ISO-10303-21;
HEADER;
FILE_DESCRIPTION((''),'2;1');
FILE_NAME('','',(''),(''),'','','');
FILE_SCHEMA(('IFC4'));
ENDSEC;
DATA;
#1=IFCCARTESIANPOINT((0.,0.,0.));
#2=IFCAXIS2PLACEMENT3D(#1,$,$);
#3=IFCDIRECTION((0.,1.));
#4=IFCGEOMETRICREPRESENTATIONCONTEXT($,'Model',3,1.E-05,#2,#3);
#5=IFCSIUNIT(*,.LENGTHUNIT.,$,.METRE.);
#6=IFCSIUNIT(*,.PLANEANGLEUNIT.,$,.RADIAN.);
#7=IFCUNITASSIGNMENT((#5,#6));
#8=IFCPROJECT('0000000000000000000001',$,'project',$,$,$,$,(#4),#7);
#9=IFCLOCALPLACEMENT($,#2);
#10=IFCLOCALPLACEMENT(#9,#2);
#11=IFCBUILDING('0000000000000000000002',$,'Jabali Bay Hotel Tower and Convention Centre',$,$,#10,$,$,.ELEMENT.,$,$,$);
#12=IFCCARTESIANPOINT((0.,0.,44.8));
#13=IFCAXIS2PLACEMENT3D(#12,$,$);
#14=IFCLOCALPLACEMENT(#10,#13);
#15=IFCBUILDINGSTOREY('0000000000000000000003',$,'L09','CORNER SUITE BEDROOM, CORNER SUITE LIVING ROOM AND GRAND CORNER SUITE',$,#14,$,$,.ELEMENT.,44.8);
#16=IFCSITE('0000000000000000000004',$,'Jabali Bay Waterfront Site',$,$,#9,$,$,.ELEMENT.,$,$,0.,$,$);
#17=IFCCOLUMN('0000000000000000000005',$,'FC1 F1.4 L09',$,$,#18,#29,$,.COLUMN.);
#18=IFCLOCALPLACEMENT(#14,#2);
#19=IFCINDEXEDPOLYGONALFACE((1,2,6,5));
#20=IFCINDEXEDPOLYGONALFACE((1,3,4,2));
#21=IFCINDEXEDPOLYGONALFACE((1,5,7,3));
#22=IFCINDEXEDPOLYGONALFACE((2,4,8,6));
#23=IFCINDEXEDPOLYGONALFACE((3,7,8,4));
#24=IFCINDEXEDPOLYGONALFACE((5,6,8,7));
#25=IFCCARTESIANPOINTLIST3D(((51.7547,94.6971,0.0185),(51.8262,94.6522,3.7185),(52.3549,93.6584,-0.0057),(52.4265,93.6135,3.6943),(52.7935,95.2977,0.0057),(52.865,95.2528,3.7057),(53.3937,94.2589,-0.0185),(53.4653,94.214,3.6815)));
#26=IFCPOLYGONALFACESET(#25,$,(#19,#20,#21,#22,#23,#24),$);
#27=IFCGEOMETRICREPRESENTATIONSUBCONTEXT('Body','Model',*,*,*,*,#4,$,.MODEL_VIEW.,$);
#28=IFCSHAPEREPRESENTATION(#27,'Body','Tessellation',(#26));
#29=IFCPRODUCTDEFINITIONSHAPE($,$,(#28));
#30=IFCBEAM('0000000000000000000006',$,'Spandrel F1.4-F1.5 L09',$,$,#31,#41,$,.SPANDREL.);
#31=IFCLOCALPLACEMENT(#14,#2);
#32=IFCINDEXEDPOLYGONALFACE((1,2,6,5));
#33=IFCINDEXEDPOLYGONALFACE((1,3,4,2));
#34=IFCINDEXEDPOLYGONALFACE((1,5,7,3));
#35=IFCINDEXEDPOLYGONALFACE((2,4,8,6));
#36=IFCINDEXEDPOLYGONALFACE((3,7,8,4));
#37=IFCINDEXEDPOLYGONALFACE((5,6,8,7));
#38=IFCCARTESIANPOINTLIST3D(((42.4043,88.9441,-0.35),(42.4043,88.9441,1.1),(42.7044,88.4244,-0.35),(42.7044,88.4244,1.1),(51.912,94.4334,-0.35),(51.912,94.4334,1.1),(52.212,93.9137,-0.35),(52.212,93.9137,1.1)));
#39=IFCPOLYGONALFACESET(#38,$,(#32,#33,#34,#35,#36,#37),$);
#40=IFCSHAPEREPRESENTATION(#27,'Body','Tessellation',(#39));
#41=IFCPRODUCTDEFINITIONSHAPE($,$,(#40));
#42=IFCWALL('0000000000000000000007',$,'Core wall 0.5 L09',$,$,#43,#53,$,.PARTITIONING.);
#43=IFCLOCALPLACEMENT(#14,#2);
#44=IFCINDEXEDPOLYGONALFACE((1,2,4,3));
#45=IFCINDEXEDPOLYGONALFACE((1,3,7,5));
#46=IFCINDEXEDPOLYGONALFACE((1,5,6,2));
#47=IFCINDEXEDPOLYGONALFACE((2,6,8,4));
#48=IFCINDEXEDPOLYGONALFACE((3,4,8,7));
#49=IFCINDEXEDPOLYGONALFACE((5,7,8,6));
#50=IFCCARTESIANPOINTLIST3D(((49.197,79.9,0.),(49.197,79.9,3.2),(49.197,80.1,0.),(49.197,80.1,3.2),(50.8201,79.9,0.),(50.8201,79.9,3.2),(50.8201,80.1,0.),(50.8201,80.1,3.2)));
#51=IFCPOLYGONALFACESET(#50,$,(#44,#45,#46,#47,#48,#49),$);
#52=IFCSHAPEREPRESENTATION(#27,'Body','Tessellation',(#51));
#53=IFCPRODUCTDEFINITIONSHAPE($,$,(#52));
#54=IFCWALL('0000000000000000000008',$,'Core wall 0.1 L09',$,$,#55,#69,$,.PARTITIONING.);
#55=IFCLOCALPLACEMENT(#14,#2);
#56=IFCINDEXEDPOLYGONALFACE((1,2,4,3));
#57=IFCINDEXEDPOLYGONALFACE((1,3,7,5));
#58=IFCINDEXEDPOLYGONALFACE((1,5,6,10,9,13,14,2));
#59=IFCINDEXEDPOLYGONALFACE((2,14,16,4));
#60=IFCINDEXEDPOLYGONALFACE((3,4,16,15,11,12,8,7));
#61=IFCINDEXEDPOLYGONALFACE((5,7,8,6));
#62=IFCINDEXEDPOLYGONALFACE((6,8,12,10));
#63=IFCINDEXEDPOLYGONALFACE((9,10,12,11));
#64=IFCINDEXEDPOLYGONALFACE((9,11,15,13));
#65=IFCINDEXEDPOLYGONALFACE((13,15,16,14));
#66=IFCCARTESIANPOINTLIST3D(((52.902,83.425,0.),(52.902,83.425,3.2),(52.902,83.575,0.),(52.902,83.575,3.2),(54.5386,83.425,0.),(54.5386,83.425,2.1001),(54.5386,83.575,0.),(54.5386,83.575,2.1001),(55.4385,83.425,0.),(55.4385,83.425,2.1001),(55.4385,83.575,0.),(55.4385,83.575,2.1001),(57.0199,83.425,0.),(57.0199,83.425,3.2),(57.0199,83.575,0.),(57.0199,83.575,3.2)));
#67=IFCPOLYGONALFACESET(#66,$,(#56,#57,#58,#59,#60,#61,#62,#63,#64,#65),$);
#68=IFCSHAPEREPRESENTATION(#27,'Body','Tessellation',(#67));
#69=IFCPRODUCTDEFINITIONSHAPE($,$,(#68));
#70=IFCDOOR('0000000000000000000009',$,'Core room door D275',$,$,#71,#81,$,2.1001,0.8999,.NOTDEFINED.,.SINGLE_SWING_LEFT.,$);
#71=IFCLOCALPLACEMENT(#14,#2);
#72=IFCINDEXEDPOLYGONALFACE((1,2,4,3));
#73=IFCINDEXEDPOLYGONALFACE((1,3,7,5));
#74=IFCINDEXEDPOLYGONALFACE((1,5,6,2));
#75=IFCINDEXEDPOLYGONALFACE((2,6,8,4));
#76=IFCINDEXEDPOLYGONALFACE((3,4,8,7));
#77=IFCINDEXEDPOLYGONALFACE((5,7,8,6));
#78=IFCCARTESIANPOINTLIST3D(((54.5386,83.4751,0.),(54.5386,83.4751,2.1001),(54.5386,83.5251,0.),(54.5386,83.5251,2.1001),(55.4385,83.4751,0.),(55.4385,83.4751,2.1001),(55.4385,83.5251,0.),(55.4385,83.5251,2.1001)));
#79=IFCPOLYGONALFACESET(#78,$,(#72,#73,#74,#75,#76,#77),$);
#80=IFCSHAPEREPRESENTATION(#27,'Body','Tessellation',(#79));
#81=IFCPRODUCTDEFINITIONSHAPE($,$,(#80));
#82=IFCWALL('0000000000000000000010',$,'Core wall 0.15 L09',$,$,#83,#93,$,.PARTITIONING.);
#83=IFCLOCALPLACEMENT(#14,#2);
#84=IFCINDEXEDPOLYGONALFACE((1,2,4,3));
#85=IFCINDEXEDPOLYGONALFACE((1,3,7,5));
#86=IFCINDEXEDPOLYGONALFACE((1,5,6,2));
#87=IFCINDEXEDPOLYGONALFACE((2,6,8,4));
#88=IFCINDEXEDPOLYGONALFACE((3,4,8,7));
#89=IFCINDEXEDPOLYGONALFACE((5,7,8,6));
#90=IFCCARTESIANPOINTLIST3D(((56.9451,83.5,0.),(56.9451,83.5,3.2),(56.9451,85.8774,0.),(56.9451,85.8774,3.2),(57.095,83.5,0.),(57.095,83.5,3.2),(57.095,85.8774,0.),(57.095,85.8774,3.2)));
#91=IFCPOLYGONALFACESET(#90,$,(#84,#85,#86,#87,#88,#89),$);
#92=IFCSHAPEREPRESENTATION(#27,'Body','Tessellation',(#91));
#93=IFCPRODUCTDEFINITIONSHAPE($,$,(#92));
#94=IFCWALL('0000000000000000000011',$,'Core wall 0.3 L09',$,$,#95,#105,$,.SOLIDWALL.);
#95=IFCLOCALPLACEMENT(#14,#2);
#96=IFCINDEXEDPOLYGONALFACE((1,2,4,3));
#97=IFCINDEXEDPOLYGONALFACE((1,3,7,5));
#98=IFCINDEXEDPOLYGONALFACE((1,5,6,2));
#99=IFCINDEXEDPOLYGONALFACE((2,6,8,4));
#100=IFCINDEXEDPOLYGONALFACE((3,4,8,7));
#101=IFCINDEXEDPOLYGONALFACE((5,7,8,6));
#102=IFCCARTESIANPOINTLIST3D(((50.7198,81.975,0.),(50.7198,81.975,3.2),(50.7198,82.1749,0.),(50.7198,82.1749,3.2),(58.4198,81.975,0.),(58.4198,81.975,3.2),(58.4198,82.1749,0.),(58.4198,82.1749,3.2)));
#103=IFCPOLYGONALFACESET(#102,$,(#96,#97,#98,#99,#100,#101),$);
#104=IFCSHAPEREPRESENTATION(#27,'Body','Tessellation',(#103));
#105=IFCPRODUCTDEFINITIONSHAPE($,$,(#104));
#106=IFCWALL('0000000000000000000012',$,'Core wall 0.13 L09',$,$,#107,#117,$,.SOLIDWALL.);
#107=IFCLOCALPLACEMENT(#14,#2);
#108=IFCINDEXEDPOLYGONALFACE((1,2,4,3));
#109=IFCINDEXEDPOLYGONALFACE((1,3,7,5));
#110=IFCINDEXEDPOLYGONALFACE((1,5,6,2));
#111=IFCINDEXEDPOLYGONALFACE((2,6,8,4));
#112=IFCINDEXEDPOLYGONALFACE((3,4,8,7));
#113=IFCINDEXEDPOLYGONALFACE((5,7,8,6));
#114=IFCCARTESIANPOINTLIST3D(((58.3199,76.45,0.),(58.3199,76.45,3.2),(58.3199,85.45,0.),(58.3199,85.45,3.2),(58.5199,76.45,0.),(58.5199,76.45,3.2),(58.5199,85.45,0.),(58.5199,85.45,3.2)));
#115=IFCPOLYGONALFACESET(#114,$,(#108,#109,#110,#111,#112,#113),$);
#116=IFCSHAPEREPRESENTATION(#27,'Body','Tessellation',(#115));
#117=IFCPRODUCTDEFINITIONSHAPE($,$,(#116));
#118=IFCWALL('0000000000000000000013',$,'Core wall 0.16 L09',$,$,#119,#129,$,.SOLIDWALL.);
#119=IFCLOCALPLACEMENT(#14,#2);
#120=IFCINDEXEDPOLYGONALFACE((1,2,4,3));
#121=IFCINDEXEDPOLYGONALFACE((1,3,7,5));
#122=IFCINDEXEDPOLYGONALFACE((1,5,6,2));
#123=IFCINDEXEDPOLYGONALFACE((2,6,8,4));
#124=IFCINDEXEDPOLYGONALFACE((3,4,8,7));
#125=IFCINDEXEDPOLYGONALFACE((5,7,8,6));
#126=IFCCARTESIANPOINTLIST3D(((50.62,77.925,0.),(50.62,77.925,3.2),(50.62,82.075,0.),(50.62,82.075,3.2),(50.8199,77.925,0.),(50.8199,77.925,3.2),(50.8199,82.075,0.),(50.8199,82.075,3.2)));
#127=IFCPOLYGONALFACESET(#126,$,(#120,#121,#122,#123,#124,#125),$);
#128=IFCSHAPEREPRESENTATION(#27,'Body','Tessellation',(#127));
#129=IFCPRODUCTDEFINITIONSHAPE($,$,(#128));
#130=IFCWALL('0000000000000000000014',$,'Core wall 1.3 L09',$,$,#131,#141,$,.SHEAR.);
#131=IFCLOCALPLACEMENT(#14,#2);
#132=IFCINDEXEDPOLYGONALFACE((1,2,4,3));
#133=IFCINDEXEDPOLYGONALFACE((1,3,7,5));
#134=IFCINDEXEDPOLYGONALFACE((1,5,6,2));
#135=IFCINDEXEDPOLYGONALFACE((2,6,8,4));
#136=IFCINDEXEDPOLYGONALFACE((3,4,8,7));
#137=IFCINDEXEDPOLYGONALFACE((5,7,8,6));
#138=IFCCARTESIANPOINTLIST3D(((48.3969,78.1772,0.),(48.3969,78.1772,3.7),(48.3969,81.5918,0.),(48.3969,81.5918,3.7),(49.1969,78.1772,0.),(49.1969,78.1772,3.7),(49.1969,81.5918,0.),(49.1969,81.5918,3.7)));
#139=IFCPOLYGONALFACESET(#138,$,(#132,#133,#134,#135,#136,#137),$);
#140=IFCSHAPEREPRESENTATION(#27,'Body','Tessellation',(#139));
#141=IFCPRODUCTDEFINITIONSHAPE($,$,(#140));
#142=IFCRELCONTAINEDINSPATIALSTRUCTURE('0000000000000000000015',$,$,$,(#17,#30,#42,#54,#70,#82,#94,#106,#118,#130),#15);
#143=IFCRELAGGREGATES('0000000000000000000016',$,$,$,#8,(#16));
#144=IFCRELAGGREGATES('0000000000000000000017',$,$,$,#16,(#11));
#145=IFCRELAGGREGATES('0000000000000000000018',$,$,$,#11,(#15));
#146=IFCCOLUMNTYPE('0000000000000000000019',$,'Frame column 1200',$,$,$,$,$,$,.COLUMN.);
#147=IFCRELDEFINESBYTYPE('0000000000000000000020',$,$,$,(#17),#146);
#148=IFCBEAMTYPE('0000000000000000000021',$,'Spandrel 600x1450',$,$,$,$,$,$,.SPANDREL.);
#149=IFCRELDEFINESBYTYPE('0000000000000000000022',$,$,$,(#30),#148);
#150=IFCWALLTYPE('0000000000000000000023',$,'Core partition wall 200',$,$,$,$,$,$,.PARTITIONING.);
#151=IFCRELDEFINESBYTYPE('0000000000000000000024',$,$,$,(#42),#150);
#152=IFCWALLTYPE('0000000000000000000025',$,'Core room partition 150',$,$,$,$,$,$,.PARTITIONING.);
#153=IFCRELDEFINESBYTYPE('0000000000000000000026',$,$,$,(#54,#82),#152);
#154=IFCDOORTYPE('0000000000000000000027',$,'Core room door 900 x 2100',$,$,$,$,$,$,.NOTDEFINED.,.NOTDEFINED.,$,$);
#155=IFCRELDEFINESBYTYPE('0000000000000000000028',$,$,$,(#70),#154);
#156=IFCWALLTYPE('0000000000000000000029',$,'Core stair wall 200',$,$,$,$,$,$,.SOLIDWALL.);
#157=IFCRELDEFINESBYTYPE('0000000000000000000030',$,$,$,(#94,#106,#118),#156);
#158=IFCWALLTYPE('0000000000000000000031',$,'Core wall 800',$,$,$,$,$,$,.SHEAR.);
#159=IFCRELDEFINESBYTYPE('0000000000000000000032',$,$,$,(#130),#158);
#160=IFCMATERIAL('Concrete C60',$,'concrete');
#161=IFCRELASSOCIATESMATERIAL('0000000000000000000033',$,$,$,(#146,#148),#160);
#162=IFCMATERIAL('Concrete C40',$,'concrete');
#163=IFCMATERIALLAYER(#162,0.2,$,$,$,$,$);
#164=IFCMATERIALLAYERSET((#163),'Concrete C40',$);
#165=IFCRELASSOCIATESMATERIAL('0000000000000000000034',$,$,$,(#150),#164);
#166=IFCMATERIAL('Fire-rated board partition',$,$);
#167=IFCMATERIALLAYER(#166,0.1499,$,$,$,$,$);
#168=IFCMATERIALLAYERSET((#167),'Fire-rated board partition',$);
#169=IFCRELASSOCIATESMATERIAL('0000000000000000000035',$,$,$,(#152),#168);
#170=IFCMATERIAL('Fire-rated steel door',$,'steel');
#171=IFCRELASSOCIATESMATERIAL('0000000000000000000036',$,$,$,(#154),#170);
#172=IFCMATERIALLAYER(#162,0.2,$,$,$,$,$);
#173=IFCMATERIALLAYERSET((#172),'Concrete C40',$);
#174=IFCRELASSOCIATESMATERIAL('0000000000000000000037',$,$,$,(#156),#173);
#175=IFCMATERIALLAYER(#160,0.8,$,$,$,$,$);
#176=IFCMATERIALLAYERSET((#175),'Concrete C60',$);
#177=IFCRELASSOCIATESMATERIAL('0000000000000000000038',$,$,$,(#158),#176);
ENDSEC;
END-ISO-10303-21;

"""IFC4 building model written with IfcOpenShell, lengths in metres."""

from ifc_helpers import new_model, si_unit, direction, frame, frame_2d, origin, origin_2d, place, context, subcontext, project, spatial, rectangle, extrude, material, layer, layer_set, material_profile, profile_set, type_object, element, fill, save


model = new_model("IFC4")

# Units and contexts
model_context = context("Model", 3, precision=1e-05, world=origin(), true_north=direction((0.0, 1.0)))
body_context = subcontext(model_context, "Body", "Model", "MODEL_VIEW")
ifc_project = project(units=[si_unit("LENGTHUNIT", "METRE"), si_unit("PLANEANGLEUNIT", "RADIAN")], contexts=[model_context])

# Site, building, storey
site_placement = place(None, origin())
site = spatial("IfcSite", under=ifc_project, at=site_placement, Name="Jabali Bay Waterfront Site", CompositionType="ELEMENT", RefElevation=0.0)
building_placement = place(site_placement, origin())
building = spatial("IfcBuilding", under=site, at=building_placement, Name="Jabali Bay Hotel Tower and Convention Centre", CompositionType="ELEMENT")
storey_placement = place(building_placement, frame((0.0, 0.0, 44.8)))
storey = spatial("IfcBuildingStorey", under=building, at=storey_placement, Name="L09", Description="CORNER SUITE BEDROOM, CORNER SUITE LIVING ROOM AND GRAND CORNER SUITE", CompositionType="ELEMENT", Elevation=44.8)

# Column
ifc_material_1 = material(Name="Concrete C60", Category="concrete")
ifc_material_profile_1 = material_profile(ifc_material_1, rectangle(XDim=1.2, YDim=1.2, at=origin_2d()), Name="Frame column 1200")
ifc_profile_set_1 = profile_set([ifc_material_profile_1], Name="Concrete C60")
column_type = type_object("IfcColumnType", Name="Frame column 1200", PredefinedType="COLUMN", material=ifc_profile_set_1)
column_placement = place(storey_placement, frame((52.5742, 94.478, 0.0), z_axis=(0.019329, -0.012138, 0.99974), x_axis=(-0.500214, 0.865666, 0.020181)))
element("IfcColumn", 1, at=column_placement, inside=storey, type_object=column_type, Name="FC1 F1.4 L09", PredefinedType="COLUMN", context=body_context, shape_type="SweptSolid", body=[
    extrude(rectangle(XDim=1.2, YDim=1.2, at=origin_2d()), origin(), (0.0, 0.0, 1.0), 3.7009),
])

# Beam
ifc_material_profile_2 = material_profile(ifc_material_1, rectangle(XDim=0.6001, YDim=1.45, at=origin_2d()), Name="Spandrel 600x1450")
ifc_profile_set_2 = profile_set([ifc_material_profile_2], Name="Concrete C60")
beam_type = type_object("IfcBeamType", Name="Spandrel 600x1450", PredefinedType="SPANDREL", material=ifc_profile_set_2)
beam_placement = place(storey_placement, frame((52.062, 94.1736, 0.375), z_axis=(-0.866023, -0.500004, 0.0), x_axis=(0.500004, -0.866023, 0.0)))
element("IfcBeam", 2, at=beam_placement, inside=storey, type_object=beam_type, Name="Spandrel F1.4-F1.5 L09", PredefinedType="SPANDREL", context=body_context, shape_type="SweptSolid", body=[
    extrude(rectangle(XDim=0.6001, YDim=1.45, at=origin_2d()), origin(), (0.0, 0.0, 1.0), 10.9785),
])

# Wall
ifc_material_2 = material(Name="Concrete C40", Category="concrete")
ifc_layer_1 = layer(ifc_material_2, 0.2)
ifc_layer_set_1 = layer_set([ifc_layer_1], Name="Concrete C40")
wall_type_1 = type_object("IfcWallType", Name="Core partition wall 200", PredefinedType="PARTITIONING", material=ifc_layer_set_1)
wall_1_placement = place(storey_placement, frame((50.8201, 80.0, 0.0), z_axis=(0.0, 0.0, 1.0), x_axis=(-1.0, 0.0, 0.0)))
element("IfcWall", 3, at=wall_1_placement, inside=storey, type_object=wall_type_1, Name="Core wall 0.5 L09", PredefinedType="PARTITIONING", context=body_context, shape_type="SweptSolid", body=[
    extrude(rectangle(XDim=1.623, YDim=0.2, at=frame_2d((0.8115, 0.0))), origin(), (0.0, 0.0, 1.0), 3.2),
])

# Wall, opening, door
ifc_material_3 = material(Name="Fire-rated board partition")
ifc_layer_2 = layer(ifc_material_3, 0.1499)
ifc_layer_set_2 = layer_set([ifc_layer_2], Name="Fire-rated board partition")
wall_type_2 = type_object("IfcWallType", Name="Core room partition 150", PredefinedType="PARTITIONING", material=ifc_layer_set_2)
wall_2_placement = place(storey_placement, frame((57.02, 83.5, 0.0), z_axis=(0.0, 0.0, 1.0), x_axis=(-1.0, 0.0, 0.0)))
wall_2 = element("IfcWall", 4, at=wall_2_placement, inside=storey, type_object=wall_type_2, Name="Core wall 0.1 L09", PredefinedType="PARTITIONING", context=body_context, shape_type="SweptSolid", body=[
    extrude(rectangle(XDim=4.1179, YDim=0.1499, at=frame_2d((2.0591, 0.0))), origin(), (0.0, 0.0, 1.0), 3.2),
])
opening_placement = place(wall_2_placement, frame((1.5815, 0.0, 0.0)))
opening = element("IfcOpeningElement", 5, at=opening_placement, cuts=wall_2, PredefinedType="OPENING", context=body_context, shape_type="SweptSolid", body=[
    extrude(rectangle(XDim=0.8999, YDim=2.1001, at=frame_2d((0.45, 1.05))), frame((0.0, 0.0854, 0.0), z_axis=(0.0, -1.0, 0.0), x_axis=(1.0, 0.0, 0.0)), (0.0, 0.0, 1.0), 0.1709),
])
ifc_material_4 = material(Name="Fire-rated steel door", Category="steel")
door_type = type_object("IfcDoorType", Name="Core room door 900 x 2100", OperationType="NOTDEFINED", PredefinedType="NOTDEFINED", material=ifc_material_4)
door_placement = place(opening_placement, origin())
door = element("IfcDoor", 6, at=door_placement, inside=storey, type_object=door_type, Name="Core room door D275", OperationType="SINGLE_SWING_LEFT", OverallHeight=2.1001, OverallWidth=0.8999, PredefinedType="NOTDEFINED", context=body_context, shape_type="SweptSolid", body=[
    extrude(rectangle(XDim=0.8999, YDim=2.1001, at=frame_2d((0.45, 1.05))), frame((0.0, 0.0249, 0.0), z_axis=(0.0, -1.0, 0.0), x_axis=(1.0, 0.0, 0.0)), (0.0, 0.0, 1.0), 0.05),
])
fill(opening, door)

# Walls
wall_3_placement = place(storey_placement, frame((57.02, 85.8774, 0.0), z_axis=(0.0, 0.0, 1.0), x_axis=(0.0, -1.0, 0.0)))
element("IfcWall", 7, at=wall_3_placement, inside=storey, type_object=wall_type_2, Name="Core wall 0.15 L09", PredefinedType="PARTITIONING", context=body_context, shape_type="SweptSolid", body=[
    extrude(rectangle(XDim=2.3774, YDim=0.1499, at=frame_2d((1.1887, 0.0))), origin(), (0.0, 0.0, 1.0), 3.2),
])
ifc_layer_3 = layer(ifc_material_2, 0.2)
ifc_layer_set_3 = layer_set([ifc_layer_3], Name="Concrete C40")
wall_type_3 = type_object("IfcWallType", Name="Core stair wall 200", PredefinedType="SOLIDWALL", material=ifc_layer_set_3)
wall_4_placement = place(storey_placement, frame((58.4199, 82.075, 0.0), z_axis=(0.0, 0.0, 1.0), x_axis=(-1.0, 0.0, 0.0)))
element("IfcWall", 8, at=wall_4_placement, inside=storey, type_object=wall_type_3, Name="Core wall 0.3 L09", PredefinedType="SOLIDWALL", context=body_context, shape_type="SweptSolid", body=[
    extrude(rectangle(XDim=7.7, YDim=0.2, at=frame_2d((3.8501, 0.0))), origin(), (0.0, 0.0, 1.0), 3.2),
])
wall_5_placement = place(storey_placement, frame((58.4199, 85.45, 0.0), z_axis=(0.0, 0.0, 1.0), x_axis=(0.0, -1.0, 0.0)))
element("IfcWall", 9, at=wall_5_placement, inside=storey, type_object=wall_type_3, Name="Core wall 0.13 L09", PredefinedType="SOLIDWALL", context=body_context, shape_type="SweptSolid", body=[
    extrude(rectangle(XDim=9.0, YDim=0.2, at=frame_2d((4.5, 0.0))), origin(), (0.0, 0.0, 1.0), 3.2),
])
wall_6_placement = place(storey_placement, frame((50.72, 82.075, 0.0), z_axis=(0.0, 0.0, 1.0), x_axis=(0.0, -1.0, 0.0)))
element("IfcWall", 10, at=wall_6_placement, inside=storey, type_object=wall_type_3, Name="Core wall 0.16 L09", PredefinedType="SOLIDWALL", context=body_context, shape_type="SweptSolid", body=[
    extrude(rectangle(XDim=4.1499, YDim=0.2, at=frame_2d((2.075, 0.0))), origin(), (0.0, 0.0, 1.0), 3.2),
])
ifc_layer_4 = layer(ifc_material_1, 0.8)
ifc_layer_set_4 = layer_set([ifc_layer_4], Name="Concrete C60")
wall_type_4 = type_object("IfcWallType", Name="Core wall 800", PredefinedType="SHEAR", material=ifc_layer_set_4)
wall_7_placement = place(storey_placement, frame((48.7969, 81.5918, 0.0), z_axis=(0.0, 0.0, 1.0), x_axis=(0.0, -1.0, 0.0)))
element("IfcWall", 11, at=wall_7_placement, inside=storey, type_object=wall_type_4, Name="Core wall 1.3 L09", PredefinedType="SHEAR", context=body_context, shape_type="SweptSolid", body=[
    extrude(rectangle(XDim=3.4146, YDim=0.8, at=frame_2d((1.7073, 0.0))), origin(), (0.0, 0.0, 1.0), 3.7),
])

save(model, "model.ifc")
